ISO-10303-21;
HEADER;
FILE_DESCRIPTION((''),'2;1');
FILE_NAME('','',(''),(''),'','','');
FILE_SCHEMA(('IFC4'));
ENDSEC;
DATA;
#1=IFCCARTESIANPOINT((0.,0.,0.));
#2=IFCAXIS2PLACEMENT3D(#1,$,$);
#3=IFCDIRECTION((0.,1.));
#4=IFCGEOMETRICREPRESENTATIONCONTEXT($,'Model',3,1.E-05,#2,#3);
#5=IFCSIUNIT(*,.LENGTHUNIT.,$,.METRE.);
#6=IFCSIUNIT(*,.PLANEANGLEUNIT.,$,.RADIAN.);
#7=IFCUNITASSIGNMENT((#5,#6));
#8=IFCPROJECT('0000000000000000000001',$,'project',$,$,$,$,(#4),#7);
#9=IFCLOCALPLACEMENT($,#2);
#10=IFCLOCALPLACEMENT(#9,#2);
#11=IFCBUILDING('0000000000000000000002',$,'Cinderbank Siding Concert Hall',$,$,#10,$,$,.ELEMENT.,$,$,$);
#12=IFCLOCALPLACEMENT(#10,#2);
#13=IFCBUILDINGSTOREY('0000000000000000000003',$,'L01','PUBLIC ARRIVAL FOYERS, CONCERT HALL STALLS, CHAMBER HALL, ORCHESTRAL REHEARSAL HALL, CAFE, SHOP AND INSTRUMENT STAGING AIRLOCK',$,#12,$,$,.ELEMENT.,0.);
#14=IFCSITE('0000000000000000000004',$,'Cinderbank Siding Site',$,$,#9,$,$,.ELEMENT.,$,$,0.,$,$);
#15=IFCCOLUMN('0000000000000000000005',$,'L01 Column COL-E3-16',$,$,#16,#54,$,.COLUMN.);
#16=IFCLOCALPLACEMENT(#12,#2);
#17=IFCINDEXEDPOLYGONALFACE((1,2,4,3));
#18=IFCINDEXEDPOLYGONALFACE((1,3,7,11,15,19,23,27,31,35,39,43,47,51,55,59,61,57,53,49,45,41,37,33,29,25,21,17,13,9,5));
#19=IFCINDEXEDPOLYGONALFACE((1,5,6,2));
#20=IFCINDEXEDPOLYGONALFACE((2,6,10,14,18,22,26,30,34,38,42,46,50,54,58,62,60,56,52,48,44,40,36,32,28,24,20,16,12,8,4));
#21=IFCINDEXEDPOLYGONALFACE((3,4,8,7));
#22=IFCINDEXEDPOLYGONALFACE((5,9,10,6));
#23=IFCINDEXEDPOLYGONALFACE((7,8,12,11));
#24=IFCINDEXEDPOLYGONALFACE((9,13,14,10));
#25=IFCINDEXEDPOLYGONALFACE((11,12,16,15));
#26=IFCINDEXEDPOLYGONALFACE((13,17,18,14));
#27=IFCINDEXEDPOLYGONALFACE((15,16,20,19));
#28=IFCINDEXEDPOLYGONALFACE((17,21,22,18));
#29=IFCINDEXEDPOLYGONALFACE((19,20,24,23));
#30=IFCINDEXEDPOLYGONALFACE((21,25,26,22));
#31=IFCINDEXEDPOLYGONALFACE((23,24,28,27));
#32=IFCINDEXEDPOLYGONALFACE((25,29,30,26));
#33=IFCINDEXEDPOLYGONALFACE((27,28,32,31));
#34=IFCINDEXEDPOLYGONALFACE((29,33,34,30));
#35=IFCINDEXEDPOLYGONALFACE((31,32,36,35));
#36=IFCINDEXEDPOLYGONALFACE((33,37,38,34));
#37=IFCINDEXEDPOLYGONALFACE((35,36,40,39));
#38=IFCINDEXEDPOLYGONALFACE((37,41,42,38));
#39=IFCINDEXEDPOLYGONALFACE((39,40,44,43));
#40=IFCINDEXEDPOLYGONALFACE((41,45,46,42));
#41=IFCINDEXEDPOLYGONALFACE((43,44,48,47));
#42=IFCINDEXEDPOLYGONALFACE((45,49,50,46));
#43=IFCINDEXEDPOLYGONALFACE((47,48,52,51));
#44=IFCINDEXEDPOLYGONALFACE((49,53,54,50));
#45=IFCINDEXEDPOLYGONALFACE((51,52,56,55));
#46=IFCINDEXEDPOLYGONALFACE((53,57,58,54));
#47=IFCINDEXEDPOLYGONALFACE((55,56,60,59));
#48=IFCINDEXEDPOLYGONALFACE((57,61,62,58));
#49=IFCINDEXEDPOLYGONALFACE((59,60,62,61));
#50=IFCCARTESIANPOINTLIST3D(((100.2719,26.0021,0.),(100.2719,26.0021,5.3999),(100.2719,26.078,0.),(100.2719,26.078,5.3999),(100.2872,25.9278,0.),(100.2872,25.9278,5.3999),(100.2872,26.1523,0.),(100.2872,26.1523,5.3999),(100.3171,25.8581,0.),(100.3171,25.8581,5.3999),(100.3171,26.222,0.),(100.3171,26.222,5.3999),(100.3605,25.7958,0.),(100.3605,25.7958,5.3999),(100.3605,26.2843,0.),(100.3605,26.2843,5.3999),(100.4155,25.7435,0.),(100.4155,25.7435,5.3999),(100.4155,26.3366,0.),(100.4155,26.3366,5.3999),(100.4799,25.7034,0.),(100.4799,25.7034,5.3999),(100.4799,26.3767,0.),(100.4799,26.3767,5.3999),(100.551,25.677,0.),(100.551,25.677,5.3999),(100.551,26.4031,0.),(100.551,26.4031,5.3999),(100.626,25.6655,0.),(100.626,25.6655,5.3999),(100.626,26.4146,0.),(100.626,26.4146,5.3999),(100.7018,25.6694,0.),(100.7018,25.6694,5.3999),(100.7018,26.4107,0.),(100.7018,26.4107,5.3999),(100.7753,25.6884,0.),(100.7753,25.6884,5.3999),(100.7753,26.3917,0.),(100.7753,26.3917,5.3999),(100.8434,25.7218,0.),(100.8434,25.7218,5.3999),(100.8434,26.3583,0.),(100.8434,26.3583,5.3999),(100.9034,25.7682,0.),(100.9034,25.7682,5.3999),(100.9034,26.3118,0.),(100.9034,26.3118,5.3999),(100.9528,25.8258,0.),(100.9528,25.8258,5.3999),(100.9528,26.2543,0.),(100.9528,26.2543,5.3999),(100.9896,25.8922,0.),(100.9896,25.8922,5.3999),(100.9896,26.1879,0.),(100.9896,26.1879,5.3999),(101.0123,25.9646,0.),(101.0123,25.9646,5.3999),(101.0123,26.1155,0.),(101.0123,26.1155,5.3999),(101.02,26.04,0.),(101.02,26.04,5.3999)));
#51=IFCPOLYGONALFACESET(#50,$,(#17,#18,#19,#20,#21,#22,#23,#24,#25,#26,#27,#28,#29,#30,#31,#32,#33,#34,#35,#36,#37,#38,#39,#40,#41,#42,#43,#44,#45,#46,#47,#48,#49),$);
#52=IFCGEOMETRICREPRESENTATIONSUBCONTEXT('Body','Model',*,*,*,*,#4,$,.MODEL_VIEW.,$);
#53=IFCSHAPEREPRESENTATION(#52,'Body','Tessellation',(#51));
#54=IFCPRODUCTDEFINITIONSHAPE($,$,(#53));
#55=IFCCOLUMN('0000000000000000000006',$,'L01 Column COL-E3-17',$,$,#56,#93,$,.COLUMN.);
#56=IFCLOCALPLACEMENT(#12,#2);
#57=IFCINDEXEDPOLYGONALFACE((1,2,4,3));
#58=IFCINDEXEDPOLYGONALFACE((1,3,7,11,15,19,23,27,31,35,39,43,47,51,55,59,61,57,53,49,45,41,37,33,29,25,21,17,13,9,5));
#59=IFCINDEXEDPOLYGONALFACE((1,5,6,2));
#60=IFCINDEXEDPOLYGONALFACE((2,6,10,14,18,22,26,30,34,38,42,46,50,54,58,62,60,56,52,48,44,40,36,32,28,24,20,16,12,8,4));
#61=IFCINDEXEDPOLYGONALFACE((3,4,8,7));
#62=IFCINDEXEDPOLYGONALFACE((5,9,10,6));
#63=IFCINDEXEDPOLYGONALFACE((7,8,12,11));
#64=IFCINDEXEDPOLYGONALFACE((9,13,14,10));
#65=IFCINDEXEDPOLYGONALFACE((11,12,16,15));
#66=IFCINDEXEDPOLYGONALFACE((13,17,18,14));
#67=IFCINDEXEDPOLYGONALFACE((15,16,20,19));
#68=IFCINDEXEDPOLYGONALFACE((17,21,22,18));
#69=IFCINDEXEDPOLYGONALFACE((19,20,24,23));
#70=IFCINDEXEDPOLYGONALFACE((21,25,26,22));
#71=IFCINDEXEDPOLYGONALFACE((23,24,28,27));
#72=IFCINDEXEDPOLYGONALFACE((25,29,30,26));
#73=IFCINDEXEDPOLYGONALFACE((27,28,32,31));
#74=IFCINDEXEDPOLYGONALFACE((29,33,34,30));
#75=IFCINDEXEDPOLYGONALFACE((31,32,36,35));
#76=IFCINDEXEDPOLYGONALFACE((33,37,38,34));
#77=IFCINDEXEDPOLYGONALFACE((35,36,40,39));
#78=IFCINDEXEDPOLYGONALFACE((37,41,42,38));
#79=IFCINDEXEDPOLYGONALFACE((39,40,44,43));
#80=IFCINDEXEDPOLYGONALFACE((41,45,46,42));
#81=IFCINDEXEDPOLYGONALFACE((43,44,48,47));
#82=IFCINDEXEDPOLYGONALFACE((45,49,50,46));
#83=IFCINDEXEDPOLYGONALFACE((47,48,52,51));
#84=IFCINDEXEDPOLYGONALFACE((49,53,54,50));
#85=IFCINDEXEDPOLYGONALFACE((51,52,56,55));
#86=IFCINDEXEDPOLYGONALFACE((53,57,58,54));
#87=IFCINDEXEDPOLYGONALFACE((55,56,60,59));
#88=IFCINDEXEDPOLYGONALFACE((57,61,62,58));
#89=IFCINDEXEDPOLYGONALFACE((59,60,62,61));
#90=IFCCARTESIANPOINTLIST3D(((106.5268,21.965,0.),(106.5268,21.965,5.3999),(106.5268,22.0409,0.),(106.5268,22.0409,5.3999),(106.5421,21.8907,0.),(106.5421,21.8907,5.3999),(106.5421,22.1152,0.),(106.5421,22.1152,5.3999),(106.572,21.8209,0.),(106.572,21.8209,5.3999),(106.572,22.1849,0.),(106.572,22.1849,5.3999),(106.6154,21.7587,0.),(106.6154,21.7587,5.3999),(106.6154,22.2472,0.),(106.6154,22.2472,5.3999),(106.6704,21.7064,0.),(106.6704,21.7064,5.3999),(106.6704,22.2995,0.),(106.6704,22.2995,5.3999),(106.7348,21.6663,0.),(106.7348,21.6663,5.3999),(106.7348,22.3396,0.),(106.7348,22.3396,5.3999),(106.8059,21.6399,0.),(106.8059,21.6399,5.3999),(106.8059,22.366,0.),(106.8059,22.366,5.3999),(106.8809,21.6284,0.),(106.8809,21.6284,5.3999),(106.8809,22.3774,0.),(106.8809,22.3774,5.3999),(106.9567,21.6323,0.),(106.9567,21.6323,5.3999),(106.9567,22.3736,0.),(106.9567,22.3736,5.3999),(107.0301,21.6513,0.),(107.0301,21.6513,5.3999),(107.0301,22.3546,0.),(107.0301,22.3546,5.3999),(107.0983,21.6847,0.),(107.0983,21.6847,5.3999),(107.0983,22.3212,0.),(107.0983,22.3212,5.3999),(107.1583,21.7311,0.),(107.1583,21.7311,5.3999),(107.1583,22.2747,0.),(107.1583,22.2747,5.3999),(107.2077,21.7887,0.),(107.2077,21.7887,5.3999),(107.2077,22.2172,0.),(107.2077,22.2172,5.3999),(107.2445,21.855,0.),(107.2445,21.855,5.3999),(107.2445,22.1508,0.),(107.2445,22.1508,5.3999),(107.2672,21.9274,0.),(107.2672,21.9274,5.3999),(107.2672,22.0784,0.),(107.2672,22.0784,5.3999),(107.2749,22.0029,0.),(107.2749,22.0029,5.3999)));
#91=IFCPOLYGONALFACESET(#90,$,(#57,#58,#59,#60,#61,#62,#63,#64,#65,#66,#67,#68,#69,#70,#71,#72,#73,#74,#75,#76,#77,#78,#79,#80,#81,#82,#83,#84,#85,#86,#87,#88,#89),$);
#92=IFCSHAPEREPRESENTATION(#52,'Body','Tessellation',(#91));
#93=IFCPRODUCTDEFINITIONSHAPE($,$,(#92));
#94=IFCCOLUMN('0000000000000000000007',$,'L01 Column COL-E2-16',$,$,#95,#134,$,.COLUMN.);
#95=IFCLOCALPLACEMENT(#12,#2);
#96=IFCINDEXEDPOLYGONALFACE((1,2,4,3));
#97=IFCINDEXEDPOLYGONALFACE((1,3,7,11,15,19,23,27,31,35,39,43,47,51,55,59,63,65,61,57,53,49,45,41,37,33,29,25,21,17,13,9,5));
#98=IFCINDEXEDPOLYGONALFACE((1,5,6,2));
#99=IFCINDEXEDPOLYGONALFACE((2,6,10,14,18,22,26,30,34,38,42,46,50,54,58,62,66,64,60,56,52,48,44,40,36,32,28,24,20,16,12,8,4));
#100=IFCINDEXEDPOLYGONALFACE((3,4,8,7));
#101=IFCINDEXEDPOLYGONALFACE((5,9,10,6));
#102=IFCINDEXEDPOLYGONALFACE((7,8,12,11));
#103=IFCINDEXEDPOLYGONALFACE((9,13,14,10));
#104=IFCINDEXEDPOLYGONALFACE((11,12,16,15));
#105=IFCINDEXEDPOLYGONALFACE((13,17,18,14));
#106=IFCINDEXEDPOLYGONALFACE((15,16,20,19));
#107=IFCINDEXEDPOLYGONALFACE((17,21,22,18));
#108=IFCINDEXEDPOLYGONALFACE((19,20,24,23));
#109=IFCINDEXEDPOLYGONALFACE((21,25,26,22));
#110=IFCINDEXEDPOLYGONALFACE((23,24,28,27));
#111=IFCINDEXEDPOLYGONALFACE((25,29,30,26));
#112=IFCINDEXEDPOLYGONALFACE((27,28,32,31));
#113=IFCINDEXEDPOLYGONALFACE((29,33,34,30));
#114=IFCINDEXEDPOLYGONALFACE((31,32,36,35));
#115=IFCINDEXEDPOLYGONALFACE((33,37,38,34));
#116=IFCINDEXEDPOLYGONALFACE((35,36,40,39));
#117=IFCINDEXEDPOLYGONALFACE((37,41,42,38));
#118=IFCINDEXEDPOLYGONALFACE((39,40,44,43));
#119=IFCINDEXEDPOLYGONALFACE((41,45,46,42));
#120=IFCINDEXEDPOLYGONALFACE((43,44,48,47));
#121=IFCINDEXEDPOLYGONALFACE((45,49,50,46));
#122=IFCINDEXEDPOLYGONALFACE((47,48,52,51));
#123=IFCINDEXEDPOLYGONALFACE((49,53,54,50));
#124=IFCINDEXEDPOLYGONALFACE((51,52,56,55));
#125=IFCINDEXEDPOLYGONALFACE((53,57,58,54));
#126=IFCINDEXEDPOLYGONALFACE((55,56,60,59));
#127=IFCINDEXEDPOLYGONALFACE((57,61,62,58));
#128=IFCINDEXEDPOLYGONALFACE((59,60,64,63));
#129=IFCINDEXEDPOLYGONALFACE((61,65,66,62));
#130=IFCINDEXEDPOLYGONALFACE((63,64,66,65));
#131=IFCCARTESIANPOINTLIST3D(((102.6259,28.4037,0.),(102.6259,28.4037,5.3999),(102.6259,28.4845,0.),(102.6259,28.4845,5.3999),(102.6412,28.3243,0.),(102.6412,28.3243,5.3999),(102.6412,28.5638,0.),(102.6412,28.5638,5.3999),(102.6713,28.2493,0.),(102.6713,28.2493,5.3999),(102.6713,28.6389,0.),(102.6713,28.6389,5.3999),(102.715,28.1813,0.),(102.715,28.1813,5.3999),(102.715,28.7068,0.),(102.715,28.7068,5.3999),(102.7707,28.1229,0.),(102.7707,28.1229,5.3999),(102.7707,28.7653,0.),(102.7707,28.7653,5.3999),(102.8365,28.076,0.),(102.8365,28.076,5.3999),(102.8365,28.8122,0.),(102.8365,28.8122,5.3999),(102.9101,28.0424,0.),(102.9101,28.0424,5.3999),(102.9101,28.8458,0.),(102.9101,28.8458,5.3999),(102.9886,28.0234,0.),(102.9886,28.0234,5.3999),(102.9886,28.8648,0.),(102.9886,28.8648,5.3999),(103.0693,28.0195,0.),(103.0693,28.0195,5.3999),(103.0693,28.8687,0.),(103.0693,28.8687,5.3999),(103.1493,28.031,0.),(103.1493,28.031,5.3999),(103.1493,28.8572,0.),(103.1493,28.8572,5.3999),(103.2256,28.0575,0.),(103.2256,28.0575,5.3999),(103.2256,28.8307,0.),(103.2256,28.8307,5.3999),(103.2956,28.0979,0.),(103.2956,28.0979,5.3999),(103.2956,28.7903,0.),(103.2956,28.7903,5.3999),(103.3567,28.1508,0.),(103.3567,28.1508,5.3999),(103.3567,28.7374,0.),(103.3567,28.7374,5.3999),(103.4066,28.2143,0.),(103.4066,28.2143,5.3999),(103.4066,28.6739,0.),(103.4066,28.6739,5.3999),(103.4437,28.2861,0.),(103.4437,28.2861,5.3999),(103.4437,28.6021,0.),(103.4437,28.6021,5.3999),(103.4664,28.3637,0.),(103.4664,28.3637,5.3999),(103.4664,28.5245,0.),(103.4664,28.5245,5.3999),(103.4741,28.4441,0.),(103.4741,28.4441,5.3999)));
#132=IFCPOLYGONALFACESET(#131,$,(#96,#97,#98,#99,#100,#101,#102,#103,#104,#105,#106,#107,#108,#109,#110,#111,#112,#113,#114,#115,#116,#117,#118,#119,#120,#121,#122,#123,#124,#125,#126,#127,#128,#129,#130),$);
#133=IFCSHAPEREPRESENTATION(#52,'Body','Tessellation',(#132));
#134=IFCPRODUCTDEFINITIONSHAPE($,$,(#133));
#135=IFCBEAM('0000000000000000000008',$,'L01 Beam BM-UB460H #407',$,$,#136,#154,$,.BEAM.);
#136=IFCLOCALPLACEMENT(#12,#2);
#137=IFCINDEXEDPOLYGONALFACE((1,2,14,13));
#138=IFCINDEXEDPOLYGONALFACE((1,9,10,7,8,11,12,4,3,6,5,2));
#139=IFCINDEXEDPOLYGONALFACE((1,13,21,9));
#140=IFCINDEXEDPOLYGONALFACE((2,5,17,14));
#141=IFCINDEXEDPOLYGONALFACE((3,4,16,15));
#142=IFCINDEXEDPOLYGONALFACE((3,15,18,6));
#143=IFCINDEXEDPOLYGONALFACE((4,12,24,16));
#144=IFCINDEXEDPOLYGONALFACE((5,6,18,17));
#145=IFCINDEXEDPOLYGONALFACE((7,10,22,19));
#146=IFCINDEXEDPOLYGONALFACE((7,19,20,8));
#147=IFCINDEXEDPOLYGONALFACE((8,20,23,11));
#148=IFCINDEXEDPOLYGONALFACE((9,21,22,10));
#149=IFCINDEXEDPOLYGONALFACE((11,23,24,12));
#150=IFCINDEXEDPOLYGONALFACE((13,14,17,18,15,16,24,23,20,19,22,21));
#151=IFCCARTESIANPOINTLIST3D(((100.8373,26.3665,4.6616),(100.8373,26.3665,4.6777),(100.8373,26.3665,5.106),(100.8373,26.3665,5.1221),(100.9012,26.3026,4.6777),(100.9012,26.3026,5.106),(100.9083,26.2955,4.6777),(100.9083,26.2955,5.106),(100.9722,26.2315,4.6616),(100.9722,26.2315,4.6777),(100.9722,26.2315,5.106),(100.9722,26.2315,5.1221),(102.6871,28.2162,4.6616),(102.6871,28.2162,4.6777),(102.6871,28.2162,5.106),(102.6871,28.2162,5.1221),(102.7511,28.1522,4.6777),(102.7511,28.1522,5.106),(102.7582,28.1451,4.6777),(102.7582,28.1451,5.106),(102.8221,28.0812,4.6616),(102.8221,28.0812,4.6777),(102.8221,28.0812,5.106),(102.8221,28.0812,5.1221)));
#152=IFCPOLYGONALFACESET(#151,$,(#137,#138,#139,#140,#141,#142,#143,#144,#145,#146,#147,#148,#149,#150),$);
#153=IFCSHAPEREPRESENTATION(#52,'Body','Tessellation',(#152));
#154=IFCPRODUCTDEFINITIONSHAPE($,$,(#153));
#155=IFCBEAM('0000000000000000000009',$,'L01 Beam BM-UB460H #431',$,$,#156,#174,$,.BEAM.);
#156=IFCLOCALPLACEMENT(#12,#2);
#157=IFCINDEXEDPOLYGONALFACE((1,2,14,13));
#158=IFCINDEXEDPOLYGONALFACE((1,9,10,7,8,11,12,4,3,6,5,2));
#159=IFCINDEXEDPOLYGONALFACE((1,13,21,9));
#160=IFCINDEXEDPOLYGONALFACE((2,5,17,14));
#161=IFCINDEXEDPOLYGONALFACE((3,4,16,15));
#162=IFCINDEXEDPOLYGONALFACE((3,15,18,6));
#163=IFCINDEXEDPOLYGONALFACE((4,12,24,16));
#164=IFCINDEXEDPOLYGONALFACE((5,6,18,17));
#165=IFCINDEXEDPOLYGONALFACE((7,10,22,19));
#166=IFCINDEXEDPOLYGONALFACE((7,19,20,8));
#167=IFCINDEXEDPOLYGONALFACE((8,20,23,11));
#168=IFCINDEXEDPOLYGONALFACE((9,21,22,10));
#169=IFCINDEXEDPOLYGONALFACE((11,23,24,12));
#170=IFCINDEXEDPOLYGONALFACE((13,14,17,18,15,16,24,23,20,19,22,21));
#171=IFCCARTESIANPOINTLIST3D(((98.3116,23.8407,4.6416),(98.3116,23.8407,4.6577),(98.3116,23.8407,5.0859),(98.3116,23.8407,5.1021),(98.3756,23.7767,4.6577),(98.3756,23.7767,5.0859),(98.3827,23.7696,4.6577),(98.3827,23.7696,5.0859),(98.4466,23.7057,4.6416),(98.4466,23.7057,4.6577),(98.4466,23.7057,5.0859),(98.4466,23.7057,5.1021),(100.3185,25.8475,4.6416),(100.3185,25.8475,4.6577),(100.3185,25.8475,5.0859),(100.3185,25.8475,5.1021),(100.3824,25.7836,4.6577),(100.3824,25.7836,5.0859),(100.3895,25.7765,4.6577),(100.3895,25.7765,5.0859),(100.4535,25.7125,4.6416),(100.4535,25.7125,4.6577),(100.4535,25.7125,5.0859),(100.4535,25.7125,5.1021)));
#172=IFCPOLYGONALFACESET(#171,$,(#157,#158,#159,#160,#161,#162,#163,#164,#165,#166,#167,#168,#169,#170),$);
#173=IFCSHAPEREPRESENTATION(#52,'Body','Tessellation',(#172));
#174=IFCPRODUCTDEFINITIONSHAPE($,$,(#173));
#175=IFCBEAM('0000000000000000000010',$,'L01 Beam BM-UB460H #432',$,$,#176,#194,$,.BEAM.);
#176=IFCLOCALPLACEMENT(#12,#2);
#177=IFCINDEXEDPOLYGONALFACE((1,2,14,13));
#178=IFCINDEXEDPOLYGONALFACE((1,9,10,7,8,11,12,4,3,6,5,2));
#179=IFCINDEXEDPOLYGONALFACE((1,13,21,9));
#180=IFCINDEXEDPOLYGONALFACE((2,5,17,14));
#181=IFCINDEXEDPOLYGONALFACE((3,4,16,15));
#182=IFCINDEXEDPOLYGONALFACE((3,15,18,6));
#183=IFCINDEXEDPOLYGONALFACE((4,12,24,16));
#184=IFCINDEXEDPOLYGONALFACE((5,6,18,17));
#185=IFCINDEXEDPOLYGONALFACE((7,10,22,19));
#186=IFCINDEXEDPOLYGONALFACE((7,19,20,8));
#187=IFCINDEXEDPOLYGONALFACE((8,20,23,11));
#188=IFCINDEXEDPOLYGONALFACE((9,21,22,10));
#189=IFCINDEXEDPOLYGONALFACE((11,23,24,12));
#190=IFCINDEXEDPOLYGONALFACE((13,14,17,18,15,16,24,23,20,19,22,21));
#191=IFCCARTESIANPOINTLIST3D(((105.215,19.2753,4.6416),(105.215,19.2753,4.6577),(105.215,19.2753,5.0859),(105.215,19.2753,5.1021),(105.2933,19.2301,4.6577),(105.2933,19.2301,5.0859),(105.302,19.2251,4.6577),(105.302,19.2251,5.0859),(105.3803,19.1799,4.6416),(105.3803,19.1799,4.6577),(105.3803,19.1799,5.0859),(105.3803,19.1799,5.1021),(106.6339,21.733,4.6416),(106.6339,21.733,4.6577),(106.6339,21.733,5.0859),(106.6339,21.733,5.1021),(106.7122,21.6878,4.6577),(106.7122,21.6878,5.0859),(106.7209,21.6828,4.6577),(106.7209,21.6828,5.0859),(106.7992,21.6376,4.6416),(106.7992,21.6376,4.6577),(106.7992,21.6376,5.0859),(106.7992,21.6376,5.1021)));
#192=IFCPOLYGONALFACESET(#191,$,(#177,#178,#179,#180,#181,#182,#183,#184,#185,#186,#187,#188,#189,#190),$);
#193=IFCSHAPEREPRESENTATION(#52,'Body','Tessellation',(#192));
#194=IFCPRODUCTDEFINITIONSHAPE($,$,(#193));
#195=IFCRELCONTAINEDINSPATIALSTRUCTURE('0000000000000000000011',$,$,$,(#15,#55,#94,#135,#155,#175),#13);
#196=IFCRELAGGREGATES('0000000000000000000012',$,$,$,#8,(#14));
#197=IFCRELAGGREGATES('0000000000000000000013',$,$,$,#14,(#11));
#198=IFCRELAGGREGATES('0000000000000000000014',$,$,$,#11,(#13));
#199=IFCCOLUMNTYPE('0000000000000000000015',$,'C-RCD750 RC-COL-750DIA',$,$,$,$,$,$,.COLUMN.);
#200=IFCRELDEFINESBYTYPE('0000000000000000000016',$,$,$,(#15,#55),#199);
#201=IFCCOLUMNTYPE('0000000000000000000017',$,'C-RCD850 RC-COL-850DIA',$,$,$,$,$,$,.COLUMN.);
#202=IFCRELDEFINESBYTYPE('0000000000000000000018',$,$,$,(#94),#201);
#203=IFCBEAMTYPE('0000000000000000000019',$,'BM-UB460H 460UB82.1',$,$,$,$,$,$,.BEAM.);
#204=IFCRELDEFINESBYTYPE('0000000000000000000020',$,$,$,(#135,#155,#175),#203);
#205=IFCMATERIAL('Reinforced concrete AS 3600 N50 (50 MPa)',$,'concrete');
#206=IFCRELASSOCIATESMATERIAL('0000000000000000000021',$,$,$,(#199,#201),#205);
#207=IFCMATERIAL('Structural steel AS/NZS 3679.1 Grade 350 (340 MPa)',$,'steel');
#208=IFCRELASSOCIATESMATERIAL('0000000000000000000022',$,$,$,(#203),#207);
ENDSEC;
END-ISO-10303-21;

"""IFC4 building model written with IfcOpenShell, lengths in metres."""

from ifc_helpers import new_model, si_unit, direction, frame, origin, origin_2d, place, context, subcontext, project, spatial, circle, i_section, extrude, material, material_profile, profile_set, type_object, element, save


model = new_model("IFC4")

# Units and contexts
model_context = context("Model", 3, precision=1e-05, world=origin(), true_north=direction((0.0, 1.0)))
body_context = subcontext(model_context, "Body", "Model", "MODEL_VIEW")
ifc_project = project(units=[si_unit("LENGTHUNIT", "METRE"), si_unit("PLANEANGLEUNIT", "RADIAN")], contexts=[model_context])

# Site, building, storey
site_placement = place(None, origin())
site = spatial("IfcSite", under=ifc_project, at=site_placement, Name="Cinderbank Siding Site", CompositionType="ELEMENT", RefElevation=0.0)
building_placement = place(site_placement, origin())
building = spatial("IfcBuilding", under=site, at=building_placement, Name="Cinderbank Siding Concert Hall", CompositionType="ELEMENT")
storey_placement = place(building_placement, origin())
storey = spatial("IfcBuildingStorey", under=building, at=storey_placement, Name="L01", Description="PUBLIC ARRIVAL FOYERS, CONCERT HALL STALLS, CHAMBER HALL, ORCHESTRAL REHEARSAL HALL, CAFE, SHOP AND INSTRUMENT STAGING AIRLOCK", CompositionType="ELEMENT", Elevation=0.0)

# Columns
ifc_material_1 = material(Name="Reinforced concrete AS 3600 N50 (50 MPa)", Category="concrete")
ifc_material_profile_1 = material_profile(ifc_material_1, circle(Radius=0.375, at=origin_2d()), Name="RC-COL-750DIA", Category="LoadBearing")
ifc_profile_set_1 = profile_set([ifc_material_profile_1], Name="Reinforced concrete AS 3600 N50 (50 MPa)")
column_type_1 = type_object("IfcColumnType", Name="C-RCD750 RC-COL-750DIA", PredefinedType="COLUMN", material=ifc_profile_set_1)
for number, where, z_axis, x_axis, name in (
    (1, (100.645, 26.04, 0.0), (0.0, 0.0, 1.0), (1.0, 0.0, 0.0), "L01 Column COL-E3-16"),
    (2, (106.8999, 22.0029, 0.0), (0.0, 0.0, 1.0), (1.0, 0.0, 0.0), "L01 Column COL-E3-17"),
):
    element("IfcColumn", number, at=place(storey_placement, frame(where, z_axis=z_axis, x_axis=x_axis)), inside=storey, type_object=column_type_1, Name=name, PredefinedType="COLUMN", context=body_context, shape_type="SweptSolid", body=[
        extrude(circle(Radius=0.375, at=origin_2d()), origin(), (0.0, 0.0, 1.0), 5.3999),
    ])
ifc_material_profile_2 = material_profile(ifc_material_1, circle(Radius=0.425, at=origin_2d()), Name="RC-COL-850DIA", Category="LoadBearing")
ifc_profile_set_2 = profile_set([ifc_material_profile_2], Name="Reinforced concrete AS 3600 N50 (50 MPa)")
column_type_2 = type_object("IfcColumnType", Name="C-RCD850 RC-COL-850DIA", PredefinedType="COLUMN", material=ifc_profile_set_2)
column_placement = place(storey_placement, frame((103.0491, 28.4441, 0.0), z_axis=(0.0, 0.0, 1.0), x_axis=(1.0, 0.0, 0.0)))
element("IfcColumn", 3, at=column_placement, inside=storey, type_object=column_type_2, Name="L01 Column COL-E2-16", PredefinedType="COLUMN", context=body_context, shape_type="SweptSolid", body=[
    extrude(circle(Radius=0.425, at=origin_2d()), origin(), (0.0, 0.0, 1.0), 5.3999),
])

# Beams
ifc_material_2 = material(Name="Structural steel AS/NZS 3679.1 Grade 350 (340 MPa)", Category="steel")
ifc_material_profile_3 = material_profile(ifc_material_2, i_section(OverallWidth=0.1909, OverallDepth=0.4604, WebThickness=0.01, FlangeThickness=0.0161, at=origin_2d()), Name="460UB82.1", Category="LoadBearing")
ifc_profile_set_3 = profile_set([ifc_material_profile_3], Name="Structural steel AS/NZS 3679.1 Grade 350 (340 MPa)")
beam_type_1 = type_object("IfcBeamType", Name="BM-UB460H 460UB82.1", PredefinedType="BEAM", material=ifc_profile_set_3)
beam_1_placement = place(storey_placement, frame((102.7546, 28.1487, 4.8918), z_axis=(-0.707153, -0.70706, 0.0), x_axis=(0.70706, -0.707153, 0.0)))
element("IfcBeam", 4, at=beam_1_placement, inside=storey, type_object=beam_type_1, Name="L01 Beam BM-UB460H #407", PredefinedType="BEAM", context=body_context, shape_type="SweptSolid", body=[
    extrude(i_section(OverallWidth=0.1909, OverallDepth=0.4604, WebThickness=0.01, FlangeThickness=0.0161, at=origin_2d()), origin(), (0.0, 0.0, 1.0), 2.616),
])
beam_2_placement = place(storey_placement, frame((100.386, 25.78, 4.8718), z_axis=(-0.707107, -0.707107, 0.0), x_axis=(0.707107, -0.707107, 0.0)))
element("IfcBeam", 5, at=beam_2_placement, inside=storey, type_object=beam_type_1, Name="L01 Beam BM-UB460H #431", PredefinedType="BEAM", context=body_context, shape_type="SweptSolid", body=[
    extrude(i_section(OverallWidth=0.1909, OverallDepth=0.4604, WebThickness=0.01, FlangeThickness=0.0161, at=origin_2d()), origin(), (0.0, 0.0, 1.0), 2.8381),
])
beam_3_placement = place(storey_placement, frame((106.7166, 21.6853, 4.8718), z_axis=(-0.499988, -0.866032, 0.0), x_axis=(0.866032, -0.499988, 0.0)))
element("IfcBeam", 6, at=beam_3_placement, inside=storey, type_object=beam_type_1, Name="L01 Beam BM-UB460H #432", PredefinedType="BEAM", context=body_context, shape_type="SweptSolid", body=[
    extrude(i_section(OverallWidth=0.1909, OverallDepth=0.4604, WebThickness=0.01, FlangeThickness=0.0161, at=origin_2d()), origin(), (0.0, 0.0, 1.0), 2.8379),
])

save(model, "model.ifc")
